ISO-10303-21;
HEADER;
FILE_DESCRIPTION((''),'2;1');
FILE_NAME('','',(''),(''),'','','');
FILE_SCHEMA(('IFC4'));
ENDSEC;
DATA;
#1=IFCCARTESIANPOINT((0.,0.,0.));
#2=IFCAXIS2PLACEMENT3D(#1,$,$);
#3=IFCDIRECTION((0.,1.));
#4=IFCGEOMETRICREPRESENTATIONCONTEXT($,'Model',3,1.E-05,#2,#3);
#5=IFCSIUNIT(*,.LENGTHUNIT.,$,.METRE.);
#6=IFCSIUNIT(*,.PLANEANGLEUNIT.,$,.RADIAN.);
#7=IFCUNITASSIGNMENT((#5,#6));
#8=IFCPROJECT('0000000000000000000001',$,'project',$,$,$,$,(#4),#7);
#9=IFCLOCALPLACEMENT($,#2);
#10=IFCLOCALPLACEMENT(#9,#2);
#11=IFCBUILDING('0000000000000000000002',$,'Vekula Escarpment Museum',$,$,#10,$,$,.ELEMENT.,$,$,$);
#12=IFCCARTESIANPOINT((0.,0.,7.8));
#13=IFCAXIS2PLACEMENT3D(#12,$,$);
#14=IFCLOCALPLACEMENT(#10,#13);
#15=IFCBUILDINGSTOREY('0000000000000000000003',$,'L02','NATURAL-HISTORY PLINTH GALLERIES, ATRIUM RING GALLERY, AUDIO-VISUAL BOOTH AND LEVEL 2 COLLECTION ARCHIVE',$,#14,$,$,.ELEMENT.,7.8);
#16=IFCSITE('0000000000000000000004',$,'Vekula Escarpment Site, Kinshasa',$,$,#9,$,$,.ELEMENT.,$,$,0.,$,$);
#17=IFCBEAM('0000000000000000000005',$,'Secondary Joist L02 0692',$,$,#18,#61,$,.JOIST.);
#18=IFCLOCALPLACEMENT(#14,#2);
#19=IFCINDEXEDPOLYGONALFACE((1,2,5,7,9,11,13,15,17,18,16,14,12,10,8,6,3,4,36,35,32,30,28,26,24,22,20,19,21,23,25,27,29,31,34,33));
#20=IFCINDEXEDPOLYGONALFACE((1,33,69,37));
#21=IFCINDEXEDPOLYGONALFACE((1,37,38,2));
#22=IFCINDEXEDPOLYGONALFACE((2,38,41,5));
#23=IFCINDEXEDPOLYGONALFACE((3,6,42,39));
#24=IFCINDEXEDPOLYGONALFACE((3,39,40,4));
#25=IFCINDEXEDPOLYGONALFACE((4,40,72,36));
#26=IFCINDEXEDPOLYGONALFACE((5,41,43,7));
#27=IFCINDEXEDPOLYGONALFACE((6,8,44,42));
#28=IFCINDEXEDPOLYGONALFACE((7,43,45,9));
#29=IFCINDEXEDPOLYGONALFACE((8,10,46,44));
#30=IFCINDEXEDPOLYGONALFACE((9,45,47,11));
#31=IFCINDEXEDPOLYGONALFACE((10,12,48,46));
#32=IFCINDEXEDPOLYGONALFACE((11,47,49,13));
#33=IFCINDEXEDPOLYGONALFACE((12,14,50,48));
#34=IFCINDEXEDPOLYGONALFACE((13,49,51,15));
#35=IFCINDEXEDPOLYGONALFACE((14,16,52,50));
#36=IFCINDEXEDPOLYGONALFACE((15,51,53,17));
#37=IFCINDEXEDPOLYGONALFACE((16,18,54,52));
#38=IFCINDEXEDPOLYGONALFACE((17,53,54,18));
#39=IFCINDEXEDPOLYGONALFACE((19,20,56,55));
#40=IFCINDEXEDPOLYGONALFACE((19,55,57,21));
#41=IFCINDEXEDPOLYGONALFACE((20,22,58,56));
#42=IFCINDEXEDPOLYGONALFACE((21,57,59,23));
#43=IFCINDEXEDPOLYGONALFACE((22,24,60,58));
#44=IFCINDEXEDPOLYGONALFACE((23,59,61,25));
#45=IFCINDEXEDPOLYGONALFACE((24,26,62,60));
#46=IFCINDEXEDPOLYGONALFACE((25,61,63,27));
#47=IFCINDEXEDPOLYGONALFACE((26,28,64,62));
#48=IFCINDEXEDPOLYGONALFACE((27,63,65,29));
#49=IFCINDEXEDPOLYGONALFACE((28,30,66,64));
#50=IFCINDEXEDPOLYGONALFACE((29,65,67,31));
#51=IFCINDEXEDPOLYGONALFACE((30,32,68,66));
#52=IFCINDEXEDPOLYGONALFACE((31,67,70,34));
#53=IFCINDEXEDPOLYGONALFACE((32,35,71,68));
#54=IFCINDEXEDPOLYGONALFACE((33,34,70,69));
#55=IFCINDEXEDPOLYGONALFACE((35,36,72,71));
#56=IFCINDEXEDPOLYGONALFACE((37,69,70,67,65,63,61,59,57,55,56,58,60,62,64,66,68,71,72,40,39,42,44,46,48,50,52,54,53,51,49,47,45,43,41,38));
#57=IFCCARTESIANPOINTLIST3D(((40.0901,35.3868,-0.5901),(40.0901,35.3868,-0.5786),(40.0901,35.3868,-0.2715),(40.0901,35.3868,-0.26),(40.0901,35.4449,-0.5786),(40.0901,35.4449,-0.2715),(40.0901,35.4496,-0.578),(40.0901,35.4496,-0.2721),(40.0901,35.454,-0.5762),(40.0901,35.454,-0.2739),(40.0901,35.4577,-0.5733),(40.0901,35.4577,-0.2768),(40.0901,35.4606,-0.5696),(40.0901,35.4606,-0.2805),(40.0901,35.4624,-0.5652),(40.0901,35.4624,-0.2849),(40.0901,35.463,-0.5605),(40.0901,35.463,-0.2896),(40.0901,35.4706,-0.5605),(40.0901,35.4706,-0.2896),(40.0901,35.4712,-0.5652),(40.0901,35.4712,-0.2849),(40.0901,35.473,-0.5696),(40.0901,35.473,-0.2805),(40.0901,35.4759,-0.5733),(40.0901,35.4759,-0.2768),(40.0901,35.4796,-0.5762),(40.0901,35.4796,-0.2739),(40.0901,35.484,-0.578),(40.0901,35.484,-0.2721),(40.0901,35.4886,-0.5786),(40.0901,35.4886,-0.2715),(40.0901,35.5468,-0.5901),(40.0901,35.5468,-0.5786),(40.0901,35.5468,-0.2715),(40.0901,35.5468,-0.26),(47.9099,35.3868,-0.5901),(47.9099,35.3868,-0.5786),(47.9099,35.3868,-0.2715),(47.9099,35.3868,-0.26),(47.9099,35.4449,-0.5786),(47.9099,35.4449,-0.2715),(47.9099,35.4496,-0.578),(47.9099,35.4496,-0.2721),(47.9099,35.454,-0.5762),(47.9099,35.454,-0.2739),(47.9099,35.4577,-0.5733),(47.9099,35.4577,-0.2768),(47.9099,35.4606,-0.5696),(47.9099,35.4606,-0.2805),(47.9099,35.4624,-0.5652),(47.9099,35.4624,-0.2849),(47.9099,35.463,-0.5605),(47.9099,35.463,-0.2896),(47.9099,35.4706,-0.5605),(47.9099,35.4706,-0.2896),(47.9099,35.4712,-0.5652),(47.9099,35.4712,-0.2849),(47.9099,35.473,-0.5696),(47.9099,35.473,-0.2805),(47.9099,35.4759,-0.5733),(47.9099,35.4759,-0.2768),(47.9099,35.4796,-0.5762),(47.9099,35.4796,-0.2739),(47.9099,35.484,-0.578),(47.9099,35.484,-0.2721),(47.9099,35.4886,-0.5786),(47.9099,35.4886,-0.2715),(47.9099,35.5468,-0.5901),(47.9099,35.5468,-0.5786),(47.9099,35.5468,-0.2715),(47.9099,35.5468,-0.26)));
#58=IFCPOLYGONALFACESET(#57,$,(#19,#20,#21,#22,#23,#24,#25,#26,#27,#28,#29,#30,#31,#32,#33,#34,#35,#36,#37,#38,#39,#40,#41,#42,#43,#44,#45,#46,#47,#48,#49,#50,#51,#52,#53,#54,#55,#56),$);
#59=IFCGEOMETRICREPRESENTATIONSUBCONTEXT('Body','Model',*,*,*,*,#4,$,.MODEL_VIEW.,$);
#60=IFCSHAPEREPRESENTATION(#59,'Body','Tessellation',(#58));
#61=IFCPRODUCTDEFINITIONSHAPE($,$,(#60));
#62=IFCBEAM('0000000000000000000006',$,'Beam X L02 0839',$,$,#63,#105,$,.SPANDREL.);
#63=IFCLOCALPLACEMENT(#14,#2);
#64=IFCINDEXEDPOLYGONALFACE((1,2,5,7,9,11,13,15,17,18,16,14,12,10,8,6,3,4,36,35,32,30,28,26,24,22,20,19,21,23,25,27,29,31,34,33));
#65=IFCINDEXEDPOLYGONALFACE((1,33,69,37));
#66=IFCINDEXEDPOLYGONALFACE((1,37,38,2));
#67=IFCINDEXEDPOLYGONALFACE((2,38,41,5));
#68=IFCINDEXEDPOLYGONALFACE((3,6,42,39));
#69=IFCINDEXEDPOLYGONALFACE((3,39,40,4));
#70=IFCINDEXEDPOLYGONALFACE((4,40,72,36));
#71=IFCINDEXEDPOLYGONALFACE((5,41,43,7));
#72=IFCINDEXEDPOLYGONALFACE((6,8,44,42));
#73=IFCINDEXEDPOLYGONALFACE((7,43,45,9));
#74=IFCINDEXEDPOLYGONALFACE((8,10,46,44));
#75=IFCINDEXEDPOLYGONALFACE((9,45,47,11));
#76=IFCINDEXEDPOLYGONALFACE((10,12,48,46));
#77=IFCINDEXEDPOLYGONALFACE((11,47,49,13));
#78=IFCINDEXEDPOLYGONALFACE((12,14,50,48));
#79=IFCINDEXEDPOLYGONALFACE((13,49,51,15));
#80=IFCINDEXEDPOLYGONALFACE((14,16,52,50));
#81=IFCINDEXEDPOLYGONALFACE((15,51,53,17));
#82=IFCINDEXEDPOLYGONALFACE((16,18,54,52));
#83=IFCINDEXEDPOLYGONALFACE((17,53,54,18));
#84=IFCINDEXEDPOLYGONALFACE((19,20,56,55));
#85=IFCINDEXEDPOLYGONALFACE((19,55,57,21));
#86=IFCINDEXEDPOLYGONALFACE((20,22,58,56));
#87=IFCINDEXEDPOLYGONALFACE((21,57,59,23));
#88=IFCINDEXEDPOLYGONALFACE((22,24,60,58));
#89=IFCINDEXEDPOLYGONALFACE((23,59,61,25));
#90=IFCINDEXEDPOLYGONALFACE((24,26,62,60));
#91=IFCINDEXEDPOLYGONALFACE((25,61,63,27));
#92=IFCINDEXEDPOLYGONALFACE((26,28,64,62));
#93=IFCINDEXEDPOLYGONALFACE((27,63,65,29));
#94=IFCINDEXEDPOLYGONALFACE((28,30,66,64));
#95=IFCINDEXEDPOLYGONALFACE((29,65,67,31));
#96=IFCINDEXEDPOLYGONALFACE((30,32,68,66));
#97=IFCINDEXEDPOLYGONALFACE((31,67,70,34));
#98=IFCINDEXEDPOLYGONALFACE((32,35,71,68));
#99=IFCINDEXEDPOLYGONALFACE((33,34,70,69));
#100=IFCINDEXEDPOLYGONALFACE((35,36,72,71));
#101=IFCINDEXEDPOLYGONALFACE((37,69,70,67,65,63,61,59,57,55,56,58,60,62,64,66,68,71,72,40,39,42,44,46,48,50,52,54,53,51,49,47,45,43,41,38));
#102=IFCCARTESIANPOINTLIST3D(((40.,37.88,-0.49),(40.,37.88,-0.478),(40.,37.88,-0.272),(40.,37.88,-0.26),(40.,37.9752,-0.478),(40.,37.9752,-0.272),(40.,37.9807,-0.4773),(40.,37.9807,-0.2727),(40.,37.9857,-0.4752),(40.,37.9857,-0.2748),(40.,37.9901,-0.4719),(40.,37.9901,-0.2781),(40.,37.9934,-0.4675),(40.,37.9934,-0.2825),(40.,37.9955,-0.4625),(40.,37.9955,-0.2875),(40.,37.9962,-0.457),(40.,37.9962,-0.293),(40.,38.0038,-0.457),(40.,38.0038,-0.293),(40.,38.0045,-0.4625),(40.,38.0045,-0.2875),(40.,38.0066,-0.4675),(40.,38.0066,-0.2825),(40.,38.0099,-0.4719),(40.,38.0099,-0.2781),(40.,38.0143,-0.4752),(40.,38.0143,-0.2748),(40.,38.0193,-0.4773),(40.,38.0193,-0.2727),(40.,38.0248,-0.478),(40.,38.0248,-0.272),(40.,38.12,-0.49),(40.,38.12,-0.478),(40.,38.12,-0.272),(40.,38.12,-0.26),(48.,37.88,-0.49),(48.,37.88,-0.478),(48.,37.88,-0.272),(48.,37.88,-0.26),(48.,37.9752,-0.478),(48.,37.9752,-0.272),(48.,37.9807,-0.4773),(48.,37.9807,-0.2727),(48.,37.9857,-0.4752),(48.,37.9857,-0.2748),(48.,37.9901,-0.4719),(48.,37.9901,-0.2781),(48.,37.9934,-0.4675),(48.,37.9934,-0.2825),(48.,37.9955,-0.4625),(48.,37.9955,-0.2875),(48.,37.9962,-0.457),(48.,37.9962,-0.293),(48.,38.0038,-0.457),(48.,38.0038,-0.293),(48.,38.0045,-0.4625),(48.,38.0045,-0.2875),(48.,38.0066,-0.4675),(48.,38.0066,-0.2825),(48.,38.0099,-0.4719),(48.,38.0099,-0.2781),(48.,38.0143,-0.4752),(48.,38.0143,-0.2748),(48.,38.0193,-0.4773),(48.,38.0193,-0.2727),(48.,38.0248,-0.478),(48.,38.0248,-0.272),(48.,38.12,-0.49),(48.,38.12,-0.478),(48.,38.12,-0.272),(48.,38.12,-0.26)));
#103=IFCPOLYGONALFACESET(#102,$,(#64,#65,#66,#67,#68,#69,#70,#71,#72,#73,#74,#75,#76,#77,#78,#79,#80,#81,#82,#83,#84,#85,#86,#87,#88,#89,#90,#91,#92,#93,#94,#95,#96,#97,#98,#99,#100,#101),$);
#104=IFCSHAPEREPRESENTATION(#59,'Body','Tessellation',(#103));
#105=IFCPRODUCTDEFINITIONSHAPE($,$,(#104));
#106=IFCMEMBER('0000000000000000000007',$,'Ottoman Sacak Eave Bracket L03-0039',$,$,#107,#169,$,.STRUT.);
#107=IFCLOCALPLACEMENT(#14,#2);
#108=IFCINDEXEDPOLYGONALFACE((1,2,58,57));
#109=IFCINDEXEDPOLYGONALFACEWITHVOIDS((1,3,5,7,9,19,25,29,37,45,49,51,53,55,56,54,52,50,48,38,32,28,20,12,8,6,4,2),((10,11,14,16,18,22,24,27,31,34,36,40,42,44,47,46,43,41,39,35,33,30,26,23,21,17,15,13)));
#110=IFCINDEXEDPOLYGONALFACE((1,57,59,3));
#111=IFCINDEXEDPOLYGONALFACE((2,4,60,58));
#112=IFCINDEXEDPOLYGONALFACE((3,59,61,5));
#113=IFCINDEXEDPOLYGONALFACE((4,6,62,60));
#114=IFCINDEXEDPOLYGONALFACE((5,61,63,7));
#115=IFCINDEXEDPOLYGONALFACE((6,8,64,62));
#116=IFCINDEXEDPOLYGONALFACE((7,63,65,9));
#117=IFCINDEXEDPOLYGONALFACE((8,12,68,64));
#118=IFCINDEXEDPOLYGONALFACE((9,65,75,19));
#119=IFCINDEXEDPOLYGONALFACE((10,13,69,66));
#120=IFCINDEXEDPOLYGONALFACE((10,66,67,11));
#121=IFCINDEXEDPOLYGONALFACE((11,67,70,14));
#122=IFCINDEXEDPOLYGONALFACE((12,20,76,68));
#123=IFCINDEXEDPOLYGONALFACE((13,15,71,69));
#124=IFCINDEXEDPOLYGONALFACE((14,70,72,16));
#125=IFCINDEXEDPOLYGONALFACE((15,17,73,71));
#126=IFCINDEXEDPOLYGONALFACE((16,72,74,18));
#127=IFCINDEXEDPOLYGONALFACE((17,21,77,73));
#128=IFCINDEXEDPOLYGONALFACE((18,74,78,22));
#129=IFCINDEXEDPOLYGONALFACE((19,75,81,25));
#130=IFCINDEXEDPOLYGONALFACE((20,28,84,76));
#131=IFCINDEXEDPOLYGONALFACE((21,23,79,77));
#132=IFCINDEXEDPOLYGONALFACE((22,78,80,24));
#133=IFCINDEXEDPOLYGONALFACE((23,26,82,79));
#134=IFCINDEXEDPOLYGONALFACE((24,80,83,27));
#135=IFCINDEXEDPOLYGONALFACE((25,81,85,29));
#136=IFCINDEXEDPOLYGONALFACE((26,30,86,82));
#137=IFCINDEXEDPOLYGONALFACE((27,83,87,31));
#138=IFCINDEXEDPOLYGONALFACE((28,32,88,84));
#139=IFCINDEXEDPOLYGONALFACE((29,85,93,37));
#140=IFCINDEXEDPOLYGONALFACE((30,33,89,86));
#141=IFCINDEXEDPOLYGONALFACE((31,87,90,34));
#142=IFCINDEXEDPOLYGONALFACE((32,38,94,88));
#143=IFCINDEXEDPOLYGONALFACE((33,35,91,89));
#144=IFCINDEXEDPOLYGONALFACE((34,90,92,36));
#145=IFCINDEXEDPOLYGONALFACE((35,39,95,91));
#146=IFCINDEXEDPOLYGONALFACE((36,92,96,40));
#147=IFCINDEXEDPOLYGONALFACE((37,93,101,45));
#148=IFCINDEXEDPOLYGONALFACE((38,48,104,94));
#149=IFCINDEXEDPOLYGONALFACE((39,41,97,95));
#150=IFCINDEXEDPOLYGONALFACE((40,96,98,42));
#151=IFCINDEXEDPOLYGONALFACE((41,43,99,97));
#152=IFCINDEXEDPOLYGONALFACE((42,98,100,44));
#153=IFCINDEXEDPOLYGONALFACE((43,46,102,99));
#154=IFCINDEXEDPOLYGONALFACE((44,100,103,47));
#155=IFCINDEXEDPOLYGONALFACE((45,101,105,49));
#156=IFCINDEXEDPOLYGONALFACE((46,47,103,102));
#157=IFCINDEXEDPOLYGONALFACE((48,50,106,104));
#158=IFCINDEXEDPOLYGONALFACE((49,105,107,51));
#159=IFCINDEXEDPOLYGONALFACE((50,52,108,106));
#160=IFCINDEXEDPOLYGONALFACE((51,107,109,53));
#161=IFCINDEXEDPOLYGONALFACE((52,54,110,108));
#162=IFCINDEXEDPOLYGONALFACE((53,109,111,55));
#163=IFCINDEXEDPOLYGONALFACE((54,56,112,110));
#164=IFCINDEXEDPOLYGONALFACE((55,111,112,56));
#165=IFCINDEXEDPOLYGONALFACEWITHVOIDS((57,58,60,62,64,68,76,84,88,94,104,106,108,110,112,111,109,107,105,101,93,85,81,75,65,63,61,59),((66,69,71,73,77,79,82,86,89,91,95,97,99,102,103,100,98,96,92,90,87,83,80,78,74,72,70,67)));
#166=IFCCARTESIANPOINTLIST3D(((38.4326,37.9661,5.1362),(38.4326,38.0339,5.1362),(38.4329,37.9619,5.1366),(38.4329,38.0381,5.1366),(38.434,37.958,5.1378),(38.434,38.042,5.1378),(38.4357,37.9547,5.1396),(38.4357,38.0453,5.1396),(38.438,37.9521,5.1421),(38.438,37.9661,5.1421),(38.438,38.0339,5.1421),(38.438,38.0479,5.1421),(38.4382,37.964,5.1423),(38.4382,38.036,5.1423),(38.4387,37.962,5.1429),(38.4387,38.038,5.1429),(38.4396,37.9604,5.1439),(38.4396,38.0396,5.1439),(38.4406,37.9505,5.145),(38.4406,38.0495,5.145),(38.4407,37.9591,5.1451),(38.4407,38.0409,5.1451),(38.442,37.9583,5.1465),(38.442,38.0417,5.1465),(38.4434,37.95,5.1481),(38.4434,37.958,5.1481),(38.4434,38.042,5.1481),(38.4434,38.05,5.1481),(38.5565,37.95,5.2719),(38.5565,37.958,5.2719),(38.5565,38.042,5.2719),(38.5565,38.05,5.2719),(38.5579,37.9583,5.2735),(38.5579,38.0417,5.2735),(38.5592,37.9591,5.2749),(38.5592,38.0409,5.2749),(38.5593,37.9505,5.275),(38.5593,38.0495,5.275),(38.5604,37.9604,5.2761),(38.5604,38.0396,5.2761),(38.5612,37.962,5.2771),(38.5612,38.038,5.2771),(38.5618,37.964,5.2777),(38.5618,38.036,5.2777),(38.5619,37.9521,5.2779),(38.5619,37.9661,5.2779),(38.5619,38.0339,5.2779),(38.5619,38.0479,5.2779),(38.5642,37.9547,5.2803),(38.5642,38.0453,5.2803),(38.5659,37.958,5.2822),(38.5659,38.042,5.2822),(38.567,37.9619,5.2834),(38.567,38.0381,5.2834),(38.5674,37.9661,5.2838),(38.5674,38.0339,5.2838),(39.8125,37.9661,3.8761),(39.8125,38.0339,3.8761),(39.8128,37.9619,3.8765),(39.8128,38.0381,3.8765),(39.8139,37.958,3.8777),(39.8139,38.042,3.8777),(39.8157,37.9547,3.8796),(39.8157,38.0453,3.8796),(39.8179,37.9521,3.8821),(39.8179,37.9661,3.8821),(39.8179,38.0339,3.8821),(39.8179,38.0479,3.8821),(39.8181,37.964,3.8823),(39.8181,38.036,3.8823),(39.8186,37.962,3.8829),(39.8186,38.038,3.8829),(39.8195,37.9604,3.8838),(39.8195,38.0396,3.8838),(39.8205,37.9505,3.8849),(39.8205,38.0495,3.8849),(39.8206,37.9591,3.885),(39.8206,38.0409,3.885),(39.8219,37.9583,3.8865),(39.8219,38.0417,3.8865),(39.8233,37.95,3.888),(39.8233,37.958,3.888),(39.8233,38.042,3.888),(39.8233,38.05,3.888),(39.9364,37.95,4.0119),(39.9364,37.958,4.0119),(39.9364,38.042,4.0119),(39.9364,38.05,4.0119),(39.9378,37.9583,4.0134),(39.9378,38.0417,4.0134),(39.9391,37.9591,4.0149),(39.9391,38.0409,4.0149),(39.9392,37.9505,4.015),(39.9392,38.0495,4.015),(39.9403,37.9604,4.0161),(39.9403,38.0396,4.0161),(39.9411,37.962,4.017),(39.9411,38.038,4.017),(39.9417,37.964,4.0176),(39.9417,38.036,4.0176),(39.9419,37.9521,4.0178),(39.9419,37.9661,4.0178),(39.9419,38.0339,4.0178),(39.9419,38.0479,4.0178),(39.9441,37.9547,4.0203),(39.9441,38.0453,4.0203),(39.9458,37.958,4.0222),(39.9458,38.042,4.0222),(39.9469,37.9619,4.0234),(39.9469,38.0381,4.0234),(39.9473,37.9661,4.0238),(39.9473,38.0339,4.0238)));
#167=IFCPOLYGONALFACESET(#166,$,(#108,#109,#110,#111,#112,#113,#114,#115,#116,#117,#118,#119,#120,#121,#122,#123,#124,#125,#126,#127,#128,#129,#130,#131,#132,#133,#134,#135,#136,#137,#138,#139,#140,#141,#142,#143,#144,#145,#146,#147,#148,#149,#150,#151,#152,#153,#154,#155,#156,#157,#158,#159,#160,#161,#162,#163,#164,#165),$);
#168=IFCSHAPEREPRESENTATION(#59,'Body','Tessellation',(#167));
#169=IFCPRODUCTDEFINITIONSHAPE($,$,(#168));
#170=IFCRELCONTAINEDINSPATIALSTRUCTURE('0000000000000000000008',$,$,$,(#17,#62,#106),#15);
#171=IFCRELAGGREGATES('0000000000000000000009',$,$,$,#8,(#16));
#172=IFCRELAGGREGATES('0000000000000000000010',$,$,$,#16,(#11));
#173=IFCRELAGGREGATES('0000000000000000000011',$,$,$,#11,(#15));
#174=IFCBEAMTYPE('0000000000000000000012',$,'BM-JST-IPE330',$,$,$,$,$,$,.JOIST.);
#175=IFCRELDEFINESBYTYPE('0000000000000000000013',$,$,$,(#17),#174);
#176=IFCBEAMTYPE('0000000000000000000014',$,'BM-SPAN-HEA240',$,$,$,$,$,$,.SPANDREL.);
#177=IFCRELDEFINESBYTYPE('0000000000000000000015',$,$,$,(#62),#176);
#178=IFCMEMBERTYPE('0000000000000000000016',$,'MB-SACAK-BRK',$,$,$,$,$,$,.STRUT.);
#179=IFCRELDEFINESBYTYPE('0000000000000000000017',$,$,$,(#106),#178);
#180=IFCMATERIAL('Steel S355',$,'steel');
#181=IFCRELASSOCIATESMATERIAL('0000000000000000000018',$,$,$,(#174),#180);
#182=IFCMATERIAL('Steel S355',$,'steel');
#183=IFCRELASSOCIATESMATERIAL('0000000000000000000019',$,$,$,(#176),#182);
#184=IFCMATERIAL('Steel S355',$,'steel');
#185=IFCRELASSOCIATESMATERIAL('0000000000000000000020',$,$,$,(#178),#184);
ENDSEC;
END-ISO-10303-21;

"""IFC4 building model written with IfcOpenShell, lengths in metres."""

from ifc_helpers import new_model, si_unit, direction, frame, origin, origin_2d, place, context, subcontext, project, spatial, hollow_rectangle, i_section, extrude, material, material_profile, profile_set, type_object, element, save


model = new_model("IFC4")

# Units and contexts
model_context = context("Model", 3, precision=1e-05, world=origin(), true_north=direction((0.0, 1.0)))
body_context = subcontext(model_context, "Body", "Model", "MODEL_VIEW")
ifc_project = project(units=[si_unit("LENGTHUNIT", "METRE"), si_unit("PLANEANGLEUNIT", "RADIAN")], contexts=[model_context])

# Site, building, storey
site_placement = place(None, origin())
site = spatial("IfcSite", under=ifc_project, at=site_placement, Name="Vekula Escarpment Site, Kinshasa", CompositionType="ELEMENT", RefElevation=0.0)
building_placement = place(site_placement, origin())
building = spatial("IfcBuilding", under=site, at=building_placement, Name="Vekula Escarpment Museum", CompositionType="ELEMENT")
storey_placement = place(building_placement, frame((0.0, 0.0, 7.8)))
storey = spatial("IfcBuildingStorey", under=building, at=storey_placement, Name="L02", Description="NATURAL-HISTORY PLINTH GALLERIES, ATRIUM RING GALLERY, AUDIO-VISUAL BOOTH AND LEVEL 2 COLLECTION ARCHIVE", CompositionType="ELEMENT", Elevation=7.8)

# Beams
ifc_material_1 = material(Name="Steel S355", Category="steel")
ifc_material_profile_1 = material_profile(ifc_material_1, i_section(OverallWidth=0.1599, OverallDepth=0.3301, WebThickness=0.0076, FlangeThickness=0.0115, FilletRadius=0.0181, at=origin_2d()), Name="IPE 330")
ifc_profile_set_1 = profile_set([ifc_material_profile_1], Name="Steel S355")
beam_type_1 = type_object("IfcBeamType", Name="BM-JST-IPE330", PredefinedType="JOIST", material=ifc_profile_set_1)
for number, where, z_axis, x_axis, name in (
    (1, (40.0901, 35.4668, -0.425), (1.0, 0.0, 0.0), (0.0, 1.0, 0.0), "Secondary Joist L02 0692"),
):
    element("IfcBeam", number, at=place(storey_placement, frame(where, z_axis=z_axis, x_axis=x_axis)), inside=storey, type_object=beam_type_1, Name=name, PredefinedType="JOIST", context=body_context, shape_type="SweptSolid", body=[
        extrude(i_section(OverallWidth=0.1599, OverallDepth=0.3301, WebThickness=0.0076, FlangeThickness=0.0115, FilletRadius=0.0181, at=origin_2d()), origin(), (0.0, 0.0, 1.0), 7.8198),
    ])
ifc_material_2 = material(Name="Steel S355", Category="steel")
ifc_material_profile_2 = material_profile(ifc_material_2, i_section(OverallWidth=0.24, OverallDepth=0.23, WebThickness=0.0076, FlangeThickness=0.012, FilletRadius=0.021, at=origin_2d()), Name="HEA 240")
ifc_profile_set_2 = profile_set([ifc_material_profile_2], Name="Steel S355")
beam_type_2 = type_object("IfcBeamType", Name="BM-SPAN-HEA240", PredefinedType="SPANDREL", material=ifc_profile_set_2)
beam_placement = place(storey_placement, frame((40.0, 38.0, -0.375), z_axis=(1.0, 0.0, 0.0), x_axis=(0.0, 1.0, 0.0)))
element("IfcBeam", 2, at=beam_placement, inside=storey, type_object=beam_type_2, Name="Beam X L02 0839", PredefinedType="SPANDREL", context=body_context, shape_type="SweptSolid", body=[
    extrude(i_section(OverallWidth=0.24, OverallDepth=0.23, WebThickness=0.0076, FlangeThickness=0.012, FilletRadius=0.021, at=origin_2d()), origin(), (0.0, 0.0, 1.0), 8.0),
])

# Member
ifc_material_3 = material(Name="Steel S355", Category="steel")
ifc_material_profile_3 = material_profile(ifc_material_3, hollow_rectangle(XDim=0.1001, YDim=0.2, WallThickness=0.0081, InnerFilletRadius=0.0081, OuterFilletRadius=0.0161, at=origin_2d()), Name="RHS 200x100x8")
ifc_profile_set_3 = profile_set([ifc_material_profile_3], Name="Steel S355")
member_type = type_object("IfcMemberType", Name="MB-SACAK-BRK", PredefinedType="STRUT", material=ifc_profile_set_3)
for number, where, z_axis, x_axis, name in (
    (3, (39.8799, 38.0, 3.95), (-0.738454, 0.0, 0.674303), (0.0, -1.0, 0.0), "Ottoman Sacak Eave Bracket L03-0039"),
):
    element("IfcMember", number, at=place(storey_placement, frame(where, z_axis=z_axis, x_axis=x_axis)), inside=storey, type_object=member_type, Name=name, PredefinedType="STRUT", context=body_context, shape_type="SweptSolid", body=[
        extrude(hollow_rectangle(XDim=0.1001, YDim=0.2, WallThickness=0.0081, InnerFilletRadius=0.0081, OuterFilletRadius=0.0161, at=origin_2d()), origin(), (0.0, 0.0, 1.0), 1.8687),
    ])

save(model, "model.ifc")
